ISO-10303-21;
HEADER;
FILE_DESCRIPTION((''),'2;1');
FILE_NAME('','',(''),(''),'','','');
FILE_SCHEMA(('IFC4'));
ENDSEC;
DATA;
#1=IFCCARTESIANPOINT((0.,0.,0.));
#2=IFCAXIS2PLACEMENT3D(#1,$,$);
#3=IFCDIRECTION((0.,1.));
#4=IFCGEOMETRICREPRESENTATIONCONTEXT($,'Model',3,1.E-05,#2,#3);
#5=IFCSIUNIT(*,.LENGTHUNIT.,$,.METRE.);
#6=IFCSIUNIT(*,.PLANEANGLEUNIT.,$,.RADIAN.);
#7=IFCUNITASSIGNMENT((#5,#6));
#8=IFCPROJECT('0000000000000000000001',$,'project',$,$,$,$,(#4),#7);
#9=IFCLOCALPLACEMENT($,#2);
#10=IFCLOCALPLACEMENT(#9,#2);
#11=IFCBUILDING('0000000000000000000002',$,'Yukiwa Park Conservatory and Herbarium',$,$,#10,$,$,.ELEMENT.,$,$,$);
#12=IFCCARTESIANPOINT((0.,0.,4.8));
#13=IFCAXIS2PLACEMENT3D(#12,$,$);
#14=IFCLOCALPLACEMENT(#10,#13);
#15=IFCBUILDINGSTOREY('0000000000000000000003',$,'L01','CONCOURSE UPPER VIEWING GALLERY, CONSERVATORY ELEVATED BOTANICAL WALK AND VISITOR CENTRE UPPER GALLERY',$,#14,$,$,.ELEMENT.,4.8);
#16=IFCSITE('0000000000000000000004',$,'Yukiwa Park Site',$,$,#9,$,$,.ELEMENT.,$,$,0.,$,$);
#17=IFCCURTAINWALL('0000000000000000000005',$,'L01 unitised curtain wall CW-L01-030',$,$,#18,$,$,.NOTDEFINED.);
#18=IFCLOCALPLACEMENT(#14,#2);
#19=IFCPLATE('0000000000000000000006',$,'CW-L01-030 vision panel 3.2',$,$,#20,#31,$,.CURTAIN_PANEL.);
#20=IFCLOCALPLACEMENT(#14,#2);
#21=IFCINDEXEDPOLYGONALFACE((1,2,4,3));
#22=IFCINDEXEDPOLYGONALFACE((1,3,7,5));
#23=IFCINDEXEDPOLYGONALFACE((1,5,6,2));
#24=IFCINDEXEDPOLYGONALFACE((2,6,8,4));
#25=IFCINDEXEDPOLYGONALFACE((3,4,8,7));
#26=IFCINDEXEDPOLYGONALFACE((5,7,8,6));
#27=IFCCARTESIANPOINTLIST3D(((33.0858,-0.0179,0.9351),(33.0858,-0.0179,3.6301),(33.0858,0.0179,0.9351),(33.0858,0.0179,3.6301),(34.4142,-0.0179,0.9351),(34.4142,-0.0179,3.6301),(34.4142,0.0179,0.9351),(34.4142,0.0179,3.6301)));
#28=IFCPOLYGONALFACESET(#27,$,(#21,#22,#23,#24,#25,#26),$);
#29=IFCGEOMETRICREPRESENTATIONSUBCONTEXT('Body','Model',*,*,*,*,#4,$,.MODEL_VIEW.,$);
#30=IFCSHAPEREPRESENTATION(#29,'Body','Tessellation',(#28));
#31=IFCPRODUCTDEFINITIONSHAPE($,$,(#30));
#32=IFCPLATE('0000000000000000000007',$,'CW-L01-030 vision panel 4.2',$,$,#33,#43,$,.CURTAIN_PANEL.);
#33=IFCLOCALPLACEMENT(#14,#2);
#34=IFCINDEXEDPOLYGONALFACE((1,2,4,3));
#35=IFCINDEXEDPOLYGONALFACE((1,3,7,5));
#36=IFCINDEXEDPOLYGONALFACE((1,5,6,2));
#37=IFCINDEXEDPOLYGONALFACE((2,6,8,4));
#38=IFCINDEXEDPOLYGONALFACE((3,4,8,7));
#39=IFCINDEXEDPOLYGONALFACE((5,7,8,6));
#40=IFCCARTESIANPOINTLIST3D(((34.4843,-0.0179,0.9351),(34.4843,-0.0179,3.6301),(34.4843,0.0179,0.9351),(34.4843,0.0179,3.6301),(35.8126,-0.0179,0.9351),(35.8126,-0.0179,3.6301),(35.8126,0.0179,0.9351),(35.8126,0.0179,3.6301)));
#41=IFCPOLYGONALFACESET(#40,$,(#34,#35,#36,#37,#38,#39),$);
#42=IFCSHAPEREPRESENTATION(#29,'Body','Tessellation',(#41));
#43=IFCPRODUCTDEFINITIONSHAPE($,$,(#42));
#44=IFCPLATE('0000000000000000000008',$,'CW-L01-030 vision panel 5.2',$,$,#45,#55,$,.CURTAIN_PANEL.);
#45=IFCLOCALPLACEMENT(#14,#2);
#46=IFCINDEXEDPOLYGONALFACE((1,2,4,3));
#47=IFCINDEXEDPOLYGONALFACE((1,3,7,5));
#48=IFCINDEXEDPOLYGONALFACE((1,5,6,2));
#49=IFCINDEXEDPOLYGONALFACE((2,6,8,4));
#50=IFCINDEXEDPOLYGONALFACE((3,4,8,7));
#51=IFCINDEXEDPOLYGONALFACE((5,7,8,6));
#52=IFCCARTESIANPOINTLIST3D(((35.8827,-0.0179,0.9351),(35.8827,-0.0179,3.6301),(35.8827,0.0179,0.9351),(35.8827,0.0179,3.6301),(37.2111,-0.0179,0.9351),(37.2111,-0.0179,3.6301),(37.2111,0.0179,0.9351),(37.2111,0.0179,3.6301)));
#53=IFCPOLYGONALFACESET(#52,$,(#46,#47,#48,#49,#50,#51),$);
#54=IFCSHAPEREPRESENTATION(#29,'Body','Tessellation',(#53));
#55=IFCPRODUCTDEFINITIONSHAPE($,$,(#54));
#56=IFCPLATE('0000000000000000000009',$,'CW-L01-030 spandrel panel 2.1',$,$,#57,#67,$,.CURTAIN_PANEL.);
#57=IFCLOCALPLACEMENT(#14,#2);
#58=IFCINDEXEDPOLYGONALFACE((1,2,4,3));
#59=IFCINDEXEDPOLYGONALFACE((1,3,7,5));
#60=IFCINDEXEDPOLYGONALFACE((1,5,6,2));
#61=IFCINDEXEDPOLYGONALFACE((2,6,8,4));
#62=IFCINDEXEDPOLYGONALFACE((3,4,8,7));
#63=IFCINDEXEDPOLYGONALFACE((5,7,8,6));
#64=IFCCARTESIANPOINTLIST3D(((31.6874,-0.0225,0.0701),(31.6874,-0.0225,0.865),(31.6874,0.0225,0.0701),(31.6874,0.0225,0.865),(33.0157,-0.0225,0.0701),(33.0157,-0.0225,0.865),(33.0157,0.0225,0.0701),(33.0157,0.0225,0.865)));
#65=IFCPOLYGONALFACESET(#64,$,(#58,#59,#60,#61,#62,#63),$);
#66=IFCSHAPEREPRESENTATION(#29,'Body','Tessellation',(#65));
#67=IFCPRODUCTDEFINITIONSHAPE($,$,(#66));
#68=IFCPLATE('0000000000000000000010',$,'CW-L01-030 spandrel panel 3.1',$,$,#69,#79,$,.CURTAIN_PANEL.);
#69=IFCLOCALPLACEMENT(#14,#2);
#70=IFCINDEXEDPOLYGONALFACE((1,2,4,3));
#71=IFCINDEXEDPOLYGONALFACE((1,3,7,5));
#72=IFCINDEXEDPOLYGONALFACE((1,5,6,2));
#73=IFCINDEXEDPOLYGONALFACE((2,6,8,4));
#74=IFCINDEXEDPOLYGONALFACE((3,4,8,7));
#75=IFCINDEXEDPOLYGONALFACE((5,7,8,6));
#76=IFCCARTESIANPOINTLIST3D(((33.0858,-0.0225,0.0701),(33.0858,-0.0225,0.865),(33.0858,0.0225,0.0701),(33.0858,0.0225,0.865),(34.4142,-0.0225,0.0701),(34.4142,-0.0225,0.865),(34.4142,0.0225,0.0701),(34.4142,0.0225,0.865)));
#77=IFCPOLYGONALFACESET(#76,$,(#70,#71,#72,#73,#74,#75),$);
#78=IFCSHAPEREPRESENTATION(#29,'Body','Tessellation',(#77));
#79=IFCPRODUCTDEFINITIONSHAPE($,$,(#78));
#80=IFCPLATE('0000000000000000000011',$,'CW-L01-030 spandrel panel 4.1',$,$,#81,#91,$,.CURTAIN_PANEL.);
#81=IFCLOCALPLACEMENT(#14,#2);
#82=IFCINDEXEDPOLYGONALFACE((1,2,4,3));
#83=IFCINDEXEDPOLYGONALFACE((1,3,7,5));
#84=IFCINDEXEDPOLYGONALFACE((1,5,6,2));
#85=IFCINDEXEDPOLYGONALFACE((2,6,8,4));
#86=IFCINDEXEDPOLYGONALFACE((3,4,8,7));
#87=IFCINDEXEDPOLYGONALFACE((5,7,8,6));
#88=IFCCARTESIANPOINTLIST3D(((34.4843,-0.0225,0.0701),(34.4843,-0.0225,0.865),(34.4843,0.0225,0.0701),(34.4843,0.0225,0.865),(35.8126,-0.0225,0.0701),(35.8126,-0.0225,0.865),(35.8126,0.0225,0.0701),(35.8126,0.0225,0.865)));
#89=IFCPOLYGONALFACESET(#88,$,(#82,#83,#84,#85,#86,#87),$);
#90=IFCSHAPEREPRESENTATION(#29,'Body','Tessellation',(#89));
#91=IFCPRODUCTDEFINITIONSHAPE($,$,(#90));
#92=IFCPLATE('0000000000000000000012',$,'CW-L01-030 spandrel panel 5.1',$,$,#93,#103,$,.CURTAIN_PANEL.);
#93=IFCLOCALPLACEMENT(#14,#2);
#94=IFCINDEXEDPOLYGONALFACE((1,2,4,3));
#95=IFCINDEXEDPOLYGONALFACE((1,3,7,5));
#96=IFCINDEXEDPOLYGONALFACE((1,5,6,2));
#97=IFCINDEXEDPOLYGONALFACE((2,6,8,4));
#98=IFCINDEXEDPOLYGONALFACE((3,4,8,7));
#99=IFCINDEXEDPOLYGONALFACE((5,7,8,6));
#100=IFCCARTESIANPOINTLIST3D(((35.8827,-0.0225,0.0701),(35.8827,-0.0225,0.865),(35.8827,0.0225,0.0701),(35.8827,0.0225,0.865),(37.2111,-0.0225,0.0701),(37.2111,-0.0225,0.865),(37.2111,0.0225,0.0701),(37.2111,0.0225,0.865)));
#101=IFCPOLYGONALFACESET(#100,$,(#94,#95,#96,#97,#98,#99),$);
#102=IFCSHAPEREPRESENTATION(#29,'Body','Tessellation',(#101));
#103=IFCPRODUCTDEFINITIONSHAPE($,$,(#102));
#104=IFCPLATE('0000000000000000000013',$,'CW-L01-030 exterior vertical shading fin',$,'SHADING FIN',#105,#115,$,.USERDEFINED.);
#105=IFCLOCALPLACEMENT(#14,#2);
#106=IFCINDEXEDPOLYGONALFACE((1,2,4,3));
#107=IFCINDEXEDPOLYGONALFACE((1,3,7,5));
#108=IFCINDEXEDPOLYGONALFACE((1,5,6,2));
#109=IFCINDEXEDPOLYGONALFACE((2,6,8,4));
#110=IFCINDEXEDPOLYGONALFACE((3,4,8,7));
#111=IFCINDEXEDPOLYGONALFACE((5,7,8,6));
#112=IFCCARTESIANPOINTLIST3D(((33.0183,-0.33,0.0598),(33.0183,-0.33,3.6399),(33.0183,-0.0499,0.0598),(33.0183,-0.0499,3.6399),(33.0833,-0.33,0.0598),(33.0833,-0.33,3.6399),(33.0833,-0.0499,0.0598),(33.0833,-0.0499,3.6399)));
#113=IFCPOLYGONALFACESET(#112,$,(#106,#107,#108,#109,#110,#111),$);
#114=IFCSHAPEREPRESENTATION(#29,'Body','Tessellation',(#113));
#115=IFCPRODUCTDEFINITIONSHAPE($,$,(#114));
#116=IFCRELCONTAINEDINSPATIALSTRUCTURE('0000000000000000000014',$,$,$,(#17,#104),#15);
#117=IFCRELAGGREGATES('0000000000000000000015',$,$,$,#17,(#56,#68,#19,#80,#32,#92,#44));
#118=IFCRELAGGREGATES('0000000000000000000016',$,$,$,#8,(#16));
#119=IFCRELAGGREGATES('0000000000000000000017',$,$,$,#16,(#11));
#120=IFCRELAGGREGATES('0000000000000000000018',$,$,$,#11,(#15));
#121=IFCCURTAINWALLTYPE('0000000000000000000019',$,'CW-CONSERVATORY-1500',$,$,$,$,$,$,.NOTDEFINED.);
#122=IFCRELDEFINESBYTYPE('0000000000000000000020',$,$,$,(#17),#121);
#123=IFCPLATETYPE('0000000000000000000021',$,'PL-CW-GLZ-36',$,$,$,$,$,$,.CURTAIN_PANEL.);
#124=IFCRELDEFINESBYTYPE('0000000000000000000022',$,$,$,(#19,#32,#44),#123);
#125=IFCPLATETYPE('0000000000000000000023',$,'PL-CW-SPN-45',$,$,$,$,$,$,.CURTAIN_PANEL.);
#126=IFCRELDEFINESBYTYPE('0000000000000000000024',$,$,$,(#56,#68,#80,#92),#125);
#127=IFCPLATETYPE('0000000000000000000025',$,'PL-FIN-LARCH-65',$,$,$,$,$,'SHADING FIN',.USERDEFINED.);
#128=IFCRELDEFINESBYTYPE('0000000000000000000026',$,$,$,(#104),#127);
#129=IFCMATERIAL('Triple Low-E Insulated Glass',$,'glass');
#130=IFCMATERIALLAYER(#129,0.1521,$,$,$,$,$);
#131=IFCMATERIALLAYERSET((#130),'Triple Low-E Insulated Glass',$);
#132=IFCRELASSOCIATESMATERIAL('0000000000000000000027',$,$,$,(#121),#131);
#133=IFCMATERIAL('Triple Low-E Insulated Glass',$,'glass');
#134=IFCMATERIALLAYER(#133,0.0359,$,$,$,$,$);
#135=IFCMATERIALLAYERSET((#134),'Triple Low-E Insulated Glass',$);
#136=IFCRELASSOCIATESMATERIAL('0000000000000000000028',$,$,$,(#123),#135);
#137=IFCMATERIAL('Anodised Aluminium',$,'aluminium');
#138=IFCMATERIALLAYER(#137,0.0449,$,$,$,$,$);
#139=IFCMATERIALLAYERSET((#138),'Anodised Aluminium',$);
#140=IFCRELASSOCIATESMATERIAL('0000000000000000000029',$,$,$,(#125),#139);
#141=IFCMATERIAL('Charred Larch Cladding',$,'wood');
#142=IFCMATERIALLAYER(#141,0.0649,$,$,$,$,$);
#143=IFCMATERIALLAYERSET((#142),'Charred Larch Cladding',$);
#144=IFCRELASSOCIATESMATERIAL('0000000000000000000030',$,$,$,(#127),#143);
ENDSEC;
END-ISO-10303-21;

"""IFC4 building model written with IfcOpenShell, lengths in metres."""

from ifc_helpers import new_model, si_unit, direction, frame, origin, origin_2d, place, context, subcontext, project, spatial, rectangle, extrude, material, layer, layer_set, type_object, element, aggregate, save


model = new_model("IFC4")

# Units and contexts
model_context = context("Model", 3, precision=1e-05, world=origin(), true_north=direction((0.0, 1.0)))
body_context = subcontext(model_context, "Body", "Model", "MODEL_VIEW")
ifc_project = project(units=[si_unit("LENGTHUNIT", "METRE"), si_unit("PLANEANGLEUNIT", "RADIAN")], contexts=[model_context])

# Site, building, storey
site_placement = place(None, origin())
site = spatial("IfcSite", under=ifc_project, at=site_placement, Name="Yukiwa Park Site", CompositionType="ELEMENT", RefElevation=0.0)
building_placement = place(site_placement, origin())
building = spatial("IfcBuilding", under=site, at=building_placement, Name="Yukiwa Park Conservatory and Herbarium", CompositionType="ELEMENT")
storey_placement = place(building_placement, frame((0.0, 0.0, 4.8)))
storey = spatial("IfcBuildingStorey", under=building, at=storey_placement, Name="L01", Description="CONCOURSE UPPER VIEWING GALLERY, CONSERVATORY ELEVATED BOTANICAL WALK AND VISITOR CENTRE UPPER GALLERY", CompositionType="ELEMENT", Elevation=4.8)

# Curtain wall
ifc_material_1 = material(Name="Triple Low-E Insulated Glass", Category="glass")
ifc_layer_1 = layer(ifc_material_1, 0.1521)
ifc_layer_set_1 = layer_set([ifc_layer_1], Name="Triple Low-E Insulated Glass")
curtain_wall_type = type_object("IfcCurtainWallType", Name="CW-CONSERVATORY-1500", PredefinedType="NOTDEFINED", material=ifc_layer_set_1)
curtain_wall_placement = place(storey_placement, origin())
curtain_wall = element("IfcCurtainWall", 1, at=curtain_wall_placement, inside=storey, type_object=curtain_wall_type, Name="L01 unitised curtain wall CW-L01-030", PredefinedType="NOTDEFINED")

# Plates
ifc_material_2 = material(Name="Triple Low-E Insulated Glass", Category="glass")
ifc_layer_2 = layer(ifc_material_2, 0.0359)
ifc_layer_set_2 = layer_set([ifc_layer_2], Name="Triple Low-E Insulated Glass")
plate_type_1 = type_object("IfcPlateType", Name="PL-CW-GLZ-36", PredefinedType="CURTAIN_PANEL", material=ifc_layer_set_2)
plate_1_placement = place(storey_placement, frame((33.75, 0.0, 0.9351), z_axis=(0.0, 0.0, 1.0), x_axis=(1.0, 0.0, 0.0)))
plate_1 = element("IfcPlate", 2, at=plate_1_placement, type_object=plate_type_1, Name="CW-L01-030 vision panel 3.2", PredefinedType="CURTAIN_PANEL", context=body_context, shape_type="SweptSolid", body=[
    extrude(rectangle(XDim=1.3284, YDim=0.0359, at=origin_2d()), origin(), (0.0, 0.0, 1.0), 2.6951),
])
plate_2_placement = place(storey_placement, frame((35.1484, 0.0, 0.9351), z_axis=(0.0, 0.0, 1.0), x_axis=(1.0, 0.0, 0.0)))
plate_2 = element("IfcPlate", 3, at=plate_2_placement, type_object=plate_type_1, Name="CW-L01-030 vision panel 4.2", PredefinedType="CURTAIN_PANEL", context=body_context, shape_type="SweptSolid", body=[
    extrude(rectangle(XDim=1.3284, YDim=0.0359, at=origin_2d()), origin(), (0.0, 0.0, 1.0), 2.6951),
])
plate_3_placement = place(storey_placement, frame((36.5469, 0.0, 0.9351), z_axis=(0.0, 0.0, 1.0), x_axis=(1.0, 0.0, 0.0)))
plate_3 = element("IfcPlate", 4, at=plate_3_placement, type_object=plate_type_1, Name="CW-L01-030 vision panel 5.2", PredefinedType="CURTAIN_PANEL", context=body_context, shape_type="SweptSolid", body=[
    extrude(rectangle(XDim=1.3284, YDim=0.0359, at=origin_2d()), origin(), (0.0, 0.0, 1.0), 2.6951),
])
ifc_material_3 = material(Name="Anodised Aluminium", Category="aluminium")
ifc_layer_3 = layer(ifc_material_3, 0.0449)
ifc_layer_set_3 = layer_set([ifc_layer_3], Name="Anodised Aluminium")
plate_type_2 = type_object("IfcPlateType", Name="PL-CW-SPN-45", PredefinedType="CURTAIN_PANEL", material=ifc_layer_set_3)
plate_4_placement = place(storey_placement, frame((32.3516, 0.0, 0.0701), z_axis=(0.0, 0.0, 1.0), x_axis=(1.0, 0.0, 0.0)))
plate_4 = element("IfcPlate", 5, at=plate_4_placement, type_object=plate_type_2, Name="CW-L01-030 spandrel panel 2.1", PredefinedType="CURTAIN_PANEL", context=body_context, shape_type="SweptSolid", body=[
    extrude(rectangle(XDim=1.3284, YDim=0.0449, at=origin_2d()), origin(), (0.0, 0.0, 1.0), 0.7949),
])
plate_5_placement = place(storey_placement, frame((33.75, 0.0, 0.0701), z_axis=(0.0, 0.0, 1.0), x_axis=(1.0, 0.0, 0.0)))
plate_5 = element("IfcPlate", 6, at=plate_5_placement, type_object=plate_type_2, Name="CW-L01-030 spandrel panel 3.1", PredefinedType="CURTAIN_PANEL", context=body_context, shape_type="SweptSolid", body=[
    extrude(rectangle(XDim=1.3284, YDim=0.0449, at=origin_2d()), origin(), (0.0, 0.0, 1.0), 0.7949),
])
plate_6_placement = place(storey_placement, frame((35.1484, 0.0, 0.0701), z_axis=(0.0, 0.0, 1.0), x_axis=(1.0, 0.0, 0.0)))
plate_6 = element("IfcPlate", 7, at=plate_6_placement, type_object=plate_type_2, Name="CW-L01-030 spandrel panel 4.1", PredefinedType="CURTAIN_PANEL", context=body_context, shape_type="SweptSolid", body=[
    extrude(rectangle(XDim=1.3284, YDim=0.0449, at=origin_2d()), origin(), (0.0, 0.0, 1.0), 0.7949),
])
plate_7_placement = place(storey_placement, frame((36.5469, 0.0, 0.0701), z_axis=(0.0, 0.0, 1.0), x_axis=(1.0, 0.0, 0.0)))
plate_7 = element("IfcPlate", 8, at=plate_7_placement, type_object=plate_type_2, Name="CW-L01-030 spandrel panel 5.1", PredefinedType="CURTAIN_PANEL", context=body_context, shape_type="SweptSolid", body=[
    extrude(rectangle(XDim=1.3284, YDim=0.0449, at=origin_2d()), origin(), (0.0, 0.0, 1.0), 0.7949),
])
aggregate(curtain_wall, [plate_4, plate_5, plate_1, plate_6, plate_2, plate_7, plate_3])
ifc_material_4 = material(Name="Charred Larch Cladding", Category="wood")
ifc_layer_4 = layer(ifc_material_4, 0.0649)
ifc_layer_set_4 = layer_set([ifc_layer_4], Name="Charred Larch Cladding")
plate_type_3 = type_object("IfcPlateType", Name="PL-FIN-LARCH-65", ElementType="SHADING FIN", PredefinedType="USERDEFINED", material=ifc_layer_set_4)
plate_8_placement = place(storey_placement, frame((33.0508, -0.1899, 0.0598), z_axis=(0.0, 0.0, 1.0), x_axis=(1.0, 0.0, 0.0)))
element("IfcPlate", 9, at=plate_8_placement, inside=storey, type_object=plate_type_3, Name="CW-L01-030 exterior vertical shading fin", ObjectType="SHADING FIN", PredefinedType="USERDEFINED", context=body_context, shape_type="SweptSolid", body=[
    extrude(rectangle(XDim=0.0649, YDim=0.28, at=origin_2d()), origin(), (0.0, 0.0, 1.0), 3.5801),
])

save(model, "model.ifc")
